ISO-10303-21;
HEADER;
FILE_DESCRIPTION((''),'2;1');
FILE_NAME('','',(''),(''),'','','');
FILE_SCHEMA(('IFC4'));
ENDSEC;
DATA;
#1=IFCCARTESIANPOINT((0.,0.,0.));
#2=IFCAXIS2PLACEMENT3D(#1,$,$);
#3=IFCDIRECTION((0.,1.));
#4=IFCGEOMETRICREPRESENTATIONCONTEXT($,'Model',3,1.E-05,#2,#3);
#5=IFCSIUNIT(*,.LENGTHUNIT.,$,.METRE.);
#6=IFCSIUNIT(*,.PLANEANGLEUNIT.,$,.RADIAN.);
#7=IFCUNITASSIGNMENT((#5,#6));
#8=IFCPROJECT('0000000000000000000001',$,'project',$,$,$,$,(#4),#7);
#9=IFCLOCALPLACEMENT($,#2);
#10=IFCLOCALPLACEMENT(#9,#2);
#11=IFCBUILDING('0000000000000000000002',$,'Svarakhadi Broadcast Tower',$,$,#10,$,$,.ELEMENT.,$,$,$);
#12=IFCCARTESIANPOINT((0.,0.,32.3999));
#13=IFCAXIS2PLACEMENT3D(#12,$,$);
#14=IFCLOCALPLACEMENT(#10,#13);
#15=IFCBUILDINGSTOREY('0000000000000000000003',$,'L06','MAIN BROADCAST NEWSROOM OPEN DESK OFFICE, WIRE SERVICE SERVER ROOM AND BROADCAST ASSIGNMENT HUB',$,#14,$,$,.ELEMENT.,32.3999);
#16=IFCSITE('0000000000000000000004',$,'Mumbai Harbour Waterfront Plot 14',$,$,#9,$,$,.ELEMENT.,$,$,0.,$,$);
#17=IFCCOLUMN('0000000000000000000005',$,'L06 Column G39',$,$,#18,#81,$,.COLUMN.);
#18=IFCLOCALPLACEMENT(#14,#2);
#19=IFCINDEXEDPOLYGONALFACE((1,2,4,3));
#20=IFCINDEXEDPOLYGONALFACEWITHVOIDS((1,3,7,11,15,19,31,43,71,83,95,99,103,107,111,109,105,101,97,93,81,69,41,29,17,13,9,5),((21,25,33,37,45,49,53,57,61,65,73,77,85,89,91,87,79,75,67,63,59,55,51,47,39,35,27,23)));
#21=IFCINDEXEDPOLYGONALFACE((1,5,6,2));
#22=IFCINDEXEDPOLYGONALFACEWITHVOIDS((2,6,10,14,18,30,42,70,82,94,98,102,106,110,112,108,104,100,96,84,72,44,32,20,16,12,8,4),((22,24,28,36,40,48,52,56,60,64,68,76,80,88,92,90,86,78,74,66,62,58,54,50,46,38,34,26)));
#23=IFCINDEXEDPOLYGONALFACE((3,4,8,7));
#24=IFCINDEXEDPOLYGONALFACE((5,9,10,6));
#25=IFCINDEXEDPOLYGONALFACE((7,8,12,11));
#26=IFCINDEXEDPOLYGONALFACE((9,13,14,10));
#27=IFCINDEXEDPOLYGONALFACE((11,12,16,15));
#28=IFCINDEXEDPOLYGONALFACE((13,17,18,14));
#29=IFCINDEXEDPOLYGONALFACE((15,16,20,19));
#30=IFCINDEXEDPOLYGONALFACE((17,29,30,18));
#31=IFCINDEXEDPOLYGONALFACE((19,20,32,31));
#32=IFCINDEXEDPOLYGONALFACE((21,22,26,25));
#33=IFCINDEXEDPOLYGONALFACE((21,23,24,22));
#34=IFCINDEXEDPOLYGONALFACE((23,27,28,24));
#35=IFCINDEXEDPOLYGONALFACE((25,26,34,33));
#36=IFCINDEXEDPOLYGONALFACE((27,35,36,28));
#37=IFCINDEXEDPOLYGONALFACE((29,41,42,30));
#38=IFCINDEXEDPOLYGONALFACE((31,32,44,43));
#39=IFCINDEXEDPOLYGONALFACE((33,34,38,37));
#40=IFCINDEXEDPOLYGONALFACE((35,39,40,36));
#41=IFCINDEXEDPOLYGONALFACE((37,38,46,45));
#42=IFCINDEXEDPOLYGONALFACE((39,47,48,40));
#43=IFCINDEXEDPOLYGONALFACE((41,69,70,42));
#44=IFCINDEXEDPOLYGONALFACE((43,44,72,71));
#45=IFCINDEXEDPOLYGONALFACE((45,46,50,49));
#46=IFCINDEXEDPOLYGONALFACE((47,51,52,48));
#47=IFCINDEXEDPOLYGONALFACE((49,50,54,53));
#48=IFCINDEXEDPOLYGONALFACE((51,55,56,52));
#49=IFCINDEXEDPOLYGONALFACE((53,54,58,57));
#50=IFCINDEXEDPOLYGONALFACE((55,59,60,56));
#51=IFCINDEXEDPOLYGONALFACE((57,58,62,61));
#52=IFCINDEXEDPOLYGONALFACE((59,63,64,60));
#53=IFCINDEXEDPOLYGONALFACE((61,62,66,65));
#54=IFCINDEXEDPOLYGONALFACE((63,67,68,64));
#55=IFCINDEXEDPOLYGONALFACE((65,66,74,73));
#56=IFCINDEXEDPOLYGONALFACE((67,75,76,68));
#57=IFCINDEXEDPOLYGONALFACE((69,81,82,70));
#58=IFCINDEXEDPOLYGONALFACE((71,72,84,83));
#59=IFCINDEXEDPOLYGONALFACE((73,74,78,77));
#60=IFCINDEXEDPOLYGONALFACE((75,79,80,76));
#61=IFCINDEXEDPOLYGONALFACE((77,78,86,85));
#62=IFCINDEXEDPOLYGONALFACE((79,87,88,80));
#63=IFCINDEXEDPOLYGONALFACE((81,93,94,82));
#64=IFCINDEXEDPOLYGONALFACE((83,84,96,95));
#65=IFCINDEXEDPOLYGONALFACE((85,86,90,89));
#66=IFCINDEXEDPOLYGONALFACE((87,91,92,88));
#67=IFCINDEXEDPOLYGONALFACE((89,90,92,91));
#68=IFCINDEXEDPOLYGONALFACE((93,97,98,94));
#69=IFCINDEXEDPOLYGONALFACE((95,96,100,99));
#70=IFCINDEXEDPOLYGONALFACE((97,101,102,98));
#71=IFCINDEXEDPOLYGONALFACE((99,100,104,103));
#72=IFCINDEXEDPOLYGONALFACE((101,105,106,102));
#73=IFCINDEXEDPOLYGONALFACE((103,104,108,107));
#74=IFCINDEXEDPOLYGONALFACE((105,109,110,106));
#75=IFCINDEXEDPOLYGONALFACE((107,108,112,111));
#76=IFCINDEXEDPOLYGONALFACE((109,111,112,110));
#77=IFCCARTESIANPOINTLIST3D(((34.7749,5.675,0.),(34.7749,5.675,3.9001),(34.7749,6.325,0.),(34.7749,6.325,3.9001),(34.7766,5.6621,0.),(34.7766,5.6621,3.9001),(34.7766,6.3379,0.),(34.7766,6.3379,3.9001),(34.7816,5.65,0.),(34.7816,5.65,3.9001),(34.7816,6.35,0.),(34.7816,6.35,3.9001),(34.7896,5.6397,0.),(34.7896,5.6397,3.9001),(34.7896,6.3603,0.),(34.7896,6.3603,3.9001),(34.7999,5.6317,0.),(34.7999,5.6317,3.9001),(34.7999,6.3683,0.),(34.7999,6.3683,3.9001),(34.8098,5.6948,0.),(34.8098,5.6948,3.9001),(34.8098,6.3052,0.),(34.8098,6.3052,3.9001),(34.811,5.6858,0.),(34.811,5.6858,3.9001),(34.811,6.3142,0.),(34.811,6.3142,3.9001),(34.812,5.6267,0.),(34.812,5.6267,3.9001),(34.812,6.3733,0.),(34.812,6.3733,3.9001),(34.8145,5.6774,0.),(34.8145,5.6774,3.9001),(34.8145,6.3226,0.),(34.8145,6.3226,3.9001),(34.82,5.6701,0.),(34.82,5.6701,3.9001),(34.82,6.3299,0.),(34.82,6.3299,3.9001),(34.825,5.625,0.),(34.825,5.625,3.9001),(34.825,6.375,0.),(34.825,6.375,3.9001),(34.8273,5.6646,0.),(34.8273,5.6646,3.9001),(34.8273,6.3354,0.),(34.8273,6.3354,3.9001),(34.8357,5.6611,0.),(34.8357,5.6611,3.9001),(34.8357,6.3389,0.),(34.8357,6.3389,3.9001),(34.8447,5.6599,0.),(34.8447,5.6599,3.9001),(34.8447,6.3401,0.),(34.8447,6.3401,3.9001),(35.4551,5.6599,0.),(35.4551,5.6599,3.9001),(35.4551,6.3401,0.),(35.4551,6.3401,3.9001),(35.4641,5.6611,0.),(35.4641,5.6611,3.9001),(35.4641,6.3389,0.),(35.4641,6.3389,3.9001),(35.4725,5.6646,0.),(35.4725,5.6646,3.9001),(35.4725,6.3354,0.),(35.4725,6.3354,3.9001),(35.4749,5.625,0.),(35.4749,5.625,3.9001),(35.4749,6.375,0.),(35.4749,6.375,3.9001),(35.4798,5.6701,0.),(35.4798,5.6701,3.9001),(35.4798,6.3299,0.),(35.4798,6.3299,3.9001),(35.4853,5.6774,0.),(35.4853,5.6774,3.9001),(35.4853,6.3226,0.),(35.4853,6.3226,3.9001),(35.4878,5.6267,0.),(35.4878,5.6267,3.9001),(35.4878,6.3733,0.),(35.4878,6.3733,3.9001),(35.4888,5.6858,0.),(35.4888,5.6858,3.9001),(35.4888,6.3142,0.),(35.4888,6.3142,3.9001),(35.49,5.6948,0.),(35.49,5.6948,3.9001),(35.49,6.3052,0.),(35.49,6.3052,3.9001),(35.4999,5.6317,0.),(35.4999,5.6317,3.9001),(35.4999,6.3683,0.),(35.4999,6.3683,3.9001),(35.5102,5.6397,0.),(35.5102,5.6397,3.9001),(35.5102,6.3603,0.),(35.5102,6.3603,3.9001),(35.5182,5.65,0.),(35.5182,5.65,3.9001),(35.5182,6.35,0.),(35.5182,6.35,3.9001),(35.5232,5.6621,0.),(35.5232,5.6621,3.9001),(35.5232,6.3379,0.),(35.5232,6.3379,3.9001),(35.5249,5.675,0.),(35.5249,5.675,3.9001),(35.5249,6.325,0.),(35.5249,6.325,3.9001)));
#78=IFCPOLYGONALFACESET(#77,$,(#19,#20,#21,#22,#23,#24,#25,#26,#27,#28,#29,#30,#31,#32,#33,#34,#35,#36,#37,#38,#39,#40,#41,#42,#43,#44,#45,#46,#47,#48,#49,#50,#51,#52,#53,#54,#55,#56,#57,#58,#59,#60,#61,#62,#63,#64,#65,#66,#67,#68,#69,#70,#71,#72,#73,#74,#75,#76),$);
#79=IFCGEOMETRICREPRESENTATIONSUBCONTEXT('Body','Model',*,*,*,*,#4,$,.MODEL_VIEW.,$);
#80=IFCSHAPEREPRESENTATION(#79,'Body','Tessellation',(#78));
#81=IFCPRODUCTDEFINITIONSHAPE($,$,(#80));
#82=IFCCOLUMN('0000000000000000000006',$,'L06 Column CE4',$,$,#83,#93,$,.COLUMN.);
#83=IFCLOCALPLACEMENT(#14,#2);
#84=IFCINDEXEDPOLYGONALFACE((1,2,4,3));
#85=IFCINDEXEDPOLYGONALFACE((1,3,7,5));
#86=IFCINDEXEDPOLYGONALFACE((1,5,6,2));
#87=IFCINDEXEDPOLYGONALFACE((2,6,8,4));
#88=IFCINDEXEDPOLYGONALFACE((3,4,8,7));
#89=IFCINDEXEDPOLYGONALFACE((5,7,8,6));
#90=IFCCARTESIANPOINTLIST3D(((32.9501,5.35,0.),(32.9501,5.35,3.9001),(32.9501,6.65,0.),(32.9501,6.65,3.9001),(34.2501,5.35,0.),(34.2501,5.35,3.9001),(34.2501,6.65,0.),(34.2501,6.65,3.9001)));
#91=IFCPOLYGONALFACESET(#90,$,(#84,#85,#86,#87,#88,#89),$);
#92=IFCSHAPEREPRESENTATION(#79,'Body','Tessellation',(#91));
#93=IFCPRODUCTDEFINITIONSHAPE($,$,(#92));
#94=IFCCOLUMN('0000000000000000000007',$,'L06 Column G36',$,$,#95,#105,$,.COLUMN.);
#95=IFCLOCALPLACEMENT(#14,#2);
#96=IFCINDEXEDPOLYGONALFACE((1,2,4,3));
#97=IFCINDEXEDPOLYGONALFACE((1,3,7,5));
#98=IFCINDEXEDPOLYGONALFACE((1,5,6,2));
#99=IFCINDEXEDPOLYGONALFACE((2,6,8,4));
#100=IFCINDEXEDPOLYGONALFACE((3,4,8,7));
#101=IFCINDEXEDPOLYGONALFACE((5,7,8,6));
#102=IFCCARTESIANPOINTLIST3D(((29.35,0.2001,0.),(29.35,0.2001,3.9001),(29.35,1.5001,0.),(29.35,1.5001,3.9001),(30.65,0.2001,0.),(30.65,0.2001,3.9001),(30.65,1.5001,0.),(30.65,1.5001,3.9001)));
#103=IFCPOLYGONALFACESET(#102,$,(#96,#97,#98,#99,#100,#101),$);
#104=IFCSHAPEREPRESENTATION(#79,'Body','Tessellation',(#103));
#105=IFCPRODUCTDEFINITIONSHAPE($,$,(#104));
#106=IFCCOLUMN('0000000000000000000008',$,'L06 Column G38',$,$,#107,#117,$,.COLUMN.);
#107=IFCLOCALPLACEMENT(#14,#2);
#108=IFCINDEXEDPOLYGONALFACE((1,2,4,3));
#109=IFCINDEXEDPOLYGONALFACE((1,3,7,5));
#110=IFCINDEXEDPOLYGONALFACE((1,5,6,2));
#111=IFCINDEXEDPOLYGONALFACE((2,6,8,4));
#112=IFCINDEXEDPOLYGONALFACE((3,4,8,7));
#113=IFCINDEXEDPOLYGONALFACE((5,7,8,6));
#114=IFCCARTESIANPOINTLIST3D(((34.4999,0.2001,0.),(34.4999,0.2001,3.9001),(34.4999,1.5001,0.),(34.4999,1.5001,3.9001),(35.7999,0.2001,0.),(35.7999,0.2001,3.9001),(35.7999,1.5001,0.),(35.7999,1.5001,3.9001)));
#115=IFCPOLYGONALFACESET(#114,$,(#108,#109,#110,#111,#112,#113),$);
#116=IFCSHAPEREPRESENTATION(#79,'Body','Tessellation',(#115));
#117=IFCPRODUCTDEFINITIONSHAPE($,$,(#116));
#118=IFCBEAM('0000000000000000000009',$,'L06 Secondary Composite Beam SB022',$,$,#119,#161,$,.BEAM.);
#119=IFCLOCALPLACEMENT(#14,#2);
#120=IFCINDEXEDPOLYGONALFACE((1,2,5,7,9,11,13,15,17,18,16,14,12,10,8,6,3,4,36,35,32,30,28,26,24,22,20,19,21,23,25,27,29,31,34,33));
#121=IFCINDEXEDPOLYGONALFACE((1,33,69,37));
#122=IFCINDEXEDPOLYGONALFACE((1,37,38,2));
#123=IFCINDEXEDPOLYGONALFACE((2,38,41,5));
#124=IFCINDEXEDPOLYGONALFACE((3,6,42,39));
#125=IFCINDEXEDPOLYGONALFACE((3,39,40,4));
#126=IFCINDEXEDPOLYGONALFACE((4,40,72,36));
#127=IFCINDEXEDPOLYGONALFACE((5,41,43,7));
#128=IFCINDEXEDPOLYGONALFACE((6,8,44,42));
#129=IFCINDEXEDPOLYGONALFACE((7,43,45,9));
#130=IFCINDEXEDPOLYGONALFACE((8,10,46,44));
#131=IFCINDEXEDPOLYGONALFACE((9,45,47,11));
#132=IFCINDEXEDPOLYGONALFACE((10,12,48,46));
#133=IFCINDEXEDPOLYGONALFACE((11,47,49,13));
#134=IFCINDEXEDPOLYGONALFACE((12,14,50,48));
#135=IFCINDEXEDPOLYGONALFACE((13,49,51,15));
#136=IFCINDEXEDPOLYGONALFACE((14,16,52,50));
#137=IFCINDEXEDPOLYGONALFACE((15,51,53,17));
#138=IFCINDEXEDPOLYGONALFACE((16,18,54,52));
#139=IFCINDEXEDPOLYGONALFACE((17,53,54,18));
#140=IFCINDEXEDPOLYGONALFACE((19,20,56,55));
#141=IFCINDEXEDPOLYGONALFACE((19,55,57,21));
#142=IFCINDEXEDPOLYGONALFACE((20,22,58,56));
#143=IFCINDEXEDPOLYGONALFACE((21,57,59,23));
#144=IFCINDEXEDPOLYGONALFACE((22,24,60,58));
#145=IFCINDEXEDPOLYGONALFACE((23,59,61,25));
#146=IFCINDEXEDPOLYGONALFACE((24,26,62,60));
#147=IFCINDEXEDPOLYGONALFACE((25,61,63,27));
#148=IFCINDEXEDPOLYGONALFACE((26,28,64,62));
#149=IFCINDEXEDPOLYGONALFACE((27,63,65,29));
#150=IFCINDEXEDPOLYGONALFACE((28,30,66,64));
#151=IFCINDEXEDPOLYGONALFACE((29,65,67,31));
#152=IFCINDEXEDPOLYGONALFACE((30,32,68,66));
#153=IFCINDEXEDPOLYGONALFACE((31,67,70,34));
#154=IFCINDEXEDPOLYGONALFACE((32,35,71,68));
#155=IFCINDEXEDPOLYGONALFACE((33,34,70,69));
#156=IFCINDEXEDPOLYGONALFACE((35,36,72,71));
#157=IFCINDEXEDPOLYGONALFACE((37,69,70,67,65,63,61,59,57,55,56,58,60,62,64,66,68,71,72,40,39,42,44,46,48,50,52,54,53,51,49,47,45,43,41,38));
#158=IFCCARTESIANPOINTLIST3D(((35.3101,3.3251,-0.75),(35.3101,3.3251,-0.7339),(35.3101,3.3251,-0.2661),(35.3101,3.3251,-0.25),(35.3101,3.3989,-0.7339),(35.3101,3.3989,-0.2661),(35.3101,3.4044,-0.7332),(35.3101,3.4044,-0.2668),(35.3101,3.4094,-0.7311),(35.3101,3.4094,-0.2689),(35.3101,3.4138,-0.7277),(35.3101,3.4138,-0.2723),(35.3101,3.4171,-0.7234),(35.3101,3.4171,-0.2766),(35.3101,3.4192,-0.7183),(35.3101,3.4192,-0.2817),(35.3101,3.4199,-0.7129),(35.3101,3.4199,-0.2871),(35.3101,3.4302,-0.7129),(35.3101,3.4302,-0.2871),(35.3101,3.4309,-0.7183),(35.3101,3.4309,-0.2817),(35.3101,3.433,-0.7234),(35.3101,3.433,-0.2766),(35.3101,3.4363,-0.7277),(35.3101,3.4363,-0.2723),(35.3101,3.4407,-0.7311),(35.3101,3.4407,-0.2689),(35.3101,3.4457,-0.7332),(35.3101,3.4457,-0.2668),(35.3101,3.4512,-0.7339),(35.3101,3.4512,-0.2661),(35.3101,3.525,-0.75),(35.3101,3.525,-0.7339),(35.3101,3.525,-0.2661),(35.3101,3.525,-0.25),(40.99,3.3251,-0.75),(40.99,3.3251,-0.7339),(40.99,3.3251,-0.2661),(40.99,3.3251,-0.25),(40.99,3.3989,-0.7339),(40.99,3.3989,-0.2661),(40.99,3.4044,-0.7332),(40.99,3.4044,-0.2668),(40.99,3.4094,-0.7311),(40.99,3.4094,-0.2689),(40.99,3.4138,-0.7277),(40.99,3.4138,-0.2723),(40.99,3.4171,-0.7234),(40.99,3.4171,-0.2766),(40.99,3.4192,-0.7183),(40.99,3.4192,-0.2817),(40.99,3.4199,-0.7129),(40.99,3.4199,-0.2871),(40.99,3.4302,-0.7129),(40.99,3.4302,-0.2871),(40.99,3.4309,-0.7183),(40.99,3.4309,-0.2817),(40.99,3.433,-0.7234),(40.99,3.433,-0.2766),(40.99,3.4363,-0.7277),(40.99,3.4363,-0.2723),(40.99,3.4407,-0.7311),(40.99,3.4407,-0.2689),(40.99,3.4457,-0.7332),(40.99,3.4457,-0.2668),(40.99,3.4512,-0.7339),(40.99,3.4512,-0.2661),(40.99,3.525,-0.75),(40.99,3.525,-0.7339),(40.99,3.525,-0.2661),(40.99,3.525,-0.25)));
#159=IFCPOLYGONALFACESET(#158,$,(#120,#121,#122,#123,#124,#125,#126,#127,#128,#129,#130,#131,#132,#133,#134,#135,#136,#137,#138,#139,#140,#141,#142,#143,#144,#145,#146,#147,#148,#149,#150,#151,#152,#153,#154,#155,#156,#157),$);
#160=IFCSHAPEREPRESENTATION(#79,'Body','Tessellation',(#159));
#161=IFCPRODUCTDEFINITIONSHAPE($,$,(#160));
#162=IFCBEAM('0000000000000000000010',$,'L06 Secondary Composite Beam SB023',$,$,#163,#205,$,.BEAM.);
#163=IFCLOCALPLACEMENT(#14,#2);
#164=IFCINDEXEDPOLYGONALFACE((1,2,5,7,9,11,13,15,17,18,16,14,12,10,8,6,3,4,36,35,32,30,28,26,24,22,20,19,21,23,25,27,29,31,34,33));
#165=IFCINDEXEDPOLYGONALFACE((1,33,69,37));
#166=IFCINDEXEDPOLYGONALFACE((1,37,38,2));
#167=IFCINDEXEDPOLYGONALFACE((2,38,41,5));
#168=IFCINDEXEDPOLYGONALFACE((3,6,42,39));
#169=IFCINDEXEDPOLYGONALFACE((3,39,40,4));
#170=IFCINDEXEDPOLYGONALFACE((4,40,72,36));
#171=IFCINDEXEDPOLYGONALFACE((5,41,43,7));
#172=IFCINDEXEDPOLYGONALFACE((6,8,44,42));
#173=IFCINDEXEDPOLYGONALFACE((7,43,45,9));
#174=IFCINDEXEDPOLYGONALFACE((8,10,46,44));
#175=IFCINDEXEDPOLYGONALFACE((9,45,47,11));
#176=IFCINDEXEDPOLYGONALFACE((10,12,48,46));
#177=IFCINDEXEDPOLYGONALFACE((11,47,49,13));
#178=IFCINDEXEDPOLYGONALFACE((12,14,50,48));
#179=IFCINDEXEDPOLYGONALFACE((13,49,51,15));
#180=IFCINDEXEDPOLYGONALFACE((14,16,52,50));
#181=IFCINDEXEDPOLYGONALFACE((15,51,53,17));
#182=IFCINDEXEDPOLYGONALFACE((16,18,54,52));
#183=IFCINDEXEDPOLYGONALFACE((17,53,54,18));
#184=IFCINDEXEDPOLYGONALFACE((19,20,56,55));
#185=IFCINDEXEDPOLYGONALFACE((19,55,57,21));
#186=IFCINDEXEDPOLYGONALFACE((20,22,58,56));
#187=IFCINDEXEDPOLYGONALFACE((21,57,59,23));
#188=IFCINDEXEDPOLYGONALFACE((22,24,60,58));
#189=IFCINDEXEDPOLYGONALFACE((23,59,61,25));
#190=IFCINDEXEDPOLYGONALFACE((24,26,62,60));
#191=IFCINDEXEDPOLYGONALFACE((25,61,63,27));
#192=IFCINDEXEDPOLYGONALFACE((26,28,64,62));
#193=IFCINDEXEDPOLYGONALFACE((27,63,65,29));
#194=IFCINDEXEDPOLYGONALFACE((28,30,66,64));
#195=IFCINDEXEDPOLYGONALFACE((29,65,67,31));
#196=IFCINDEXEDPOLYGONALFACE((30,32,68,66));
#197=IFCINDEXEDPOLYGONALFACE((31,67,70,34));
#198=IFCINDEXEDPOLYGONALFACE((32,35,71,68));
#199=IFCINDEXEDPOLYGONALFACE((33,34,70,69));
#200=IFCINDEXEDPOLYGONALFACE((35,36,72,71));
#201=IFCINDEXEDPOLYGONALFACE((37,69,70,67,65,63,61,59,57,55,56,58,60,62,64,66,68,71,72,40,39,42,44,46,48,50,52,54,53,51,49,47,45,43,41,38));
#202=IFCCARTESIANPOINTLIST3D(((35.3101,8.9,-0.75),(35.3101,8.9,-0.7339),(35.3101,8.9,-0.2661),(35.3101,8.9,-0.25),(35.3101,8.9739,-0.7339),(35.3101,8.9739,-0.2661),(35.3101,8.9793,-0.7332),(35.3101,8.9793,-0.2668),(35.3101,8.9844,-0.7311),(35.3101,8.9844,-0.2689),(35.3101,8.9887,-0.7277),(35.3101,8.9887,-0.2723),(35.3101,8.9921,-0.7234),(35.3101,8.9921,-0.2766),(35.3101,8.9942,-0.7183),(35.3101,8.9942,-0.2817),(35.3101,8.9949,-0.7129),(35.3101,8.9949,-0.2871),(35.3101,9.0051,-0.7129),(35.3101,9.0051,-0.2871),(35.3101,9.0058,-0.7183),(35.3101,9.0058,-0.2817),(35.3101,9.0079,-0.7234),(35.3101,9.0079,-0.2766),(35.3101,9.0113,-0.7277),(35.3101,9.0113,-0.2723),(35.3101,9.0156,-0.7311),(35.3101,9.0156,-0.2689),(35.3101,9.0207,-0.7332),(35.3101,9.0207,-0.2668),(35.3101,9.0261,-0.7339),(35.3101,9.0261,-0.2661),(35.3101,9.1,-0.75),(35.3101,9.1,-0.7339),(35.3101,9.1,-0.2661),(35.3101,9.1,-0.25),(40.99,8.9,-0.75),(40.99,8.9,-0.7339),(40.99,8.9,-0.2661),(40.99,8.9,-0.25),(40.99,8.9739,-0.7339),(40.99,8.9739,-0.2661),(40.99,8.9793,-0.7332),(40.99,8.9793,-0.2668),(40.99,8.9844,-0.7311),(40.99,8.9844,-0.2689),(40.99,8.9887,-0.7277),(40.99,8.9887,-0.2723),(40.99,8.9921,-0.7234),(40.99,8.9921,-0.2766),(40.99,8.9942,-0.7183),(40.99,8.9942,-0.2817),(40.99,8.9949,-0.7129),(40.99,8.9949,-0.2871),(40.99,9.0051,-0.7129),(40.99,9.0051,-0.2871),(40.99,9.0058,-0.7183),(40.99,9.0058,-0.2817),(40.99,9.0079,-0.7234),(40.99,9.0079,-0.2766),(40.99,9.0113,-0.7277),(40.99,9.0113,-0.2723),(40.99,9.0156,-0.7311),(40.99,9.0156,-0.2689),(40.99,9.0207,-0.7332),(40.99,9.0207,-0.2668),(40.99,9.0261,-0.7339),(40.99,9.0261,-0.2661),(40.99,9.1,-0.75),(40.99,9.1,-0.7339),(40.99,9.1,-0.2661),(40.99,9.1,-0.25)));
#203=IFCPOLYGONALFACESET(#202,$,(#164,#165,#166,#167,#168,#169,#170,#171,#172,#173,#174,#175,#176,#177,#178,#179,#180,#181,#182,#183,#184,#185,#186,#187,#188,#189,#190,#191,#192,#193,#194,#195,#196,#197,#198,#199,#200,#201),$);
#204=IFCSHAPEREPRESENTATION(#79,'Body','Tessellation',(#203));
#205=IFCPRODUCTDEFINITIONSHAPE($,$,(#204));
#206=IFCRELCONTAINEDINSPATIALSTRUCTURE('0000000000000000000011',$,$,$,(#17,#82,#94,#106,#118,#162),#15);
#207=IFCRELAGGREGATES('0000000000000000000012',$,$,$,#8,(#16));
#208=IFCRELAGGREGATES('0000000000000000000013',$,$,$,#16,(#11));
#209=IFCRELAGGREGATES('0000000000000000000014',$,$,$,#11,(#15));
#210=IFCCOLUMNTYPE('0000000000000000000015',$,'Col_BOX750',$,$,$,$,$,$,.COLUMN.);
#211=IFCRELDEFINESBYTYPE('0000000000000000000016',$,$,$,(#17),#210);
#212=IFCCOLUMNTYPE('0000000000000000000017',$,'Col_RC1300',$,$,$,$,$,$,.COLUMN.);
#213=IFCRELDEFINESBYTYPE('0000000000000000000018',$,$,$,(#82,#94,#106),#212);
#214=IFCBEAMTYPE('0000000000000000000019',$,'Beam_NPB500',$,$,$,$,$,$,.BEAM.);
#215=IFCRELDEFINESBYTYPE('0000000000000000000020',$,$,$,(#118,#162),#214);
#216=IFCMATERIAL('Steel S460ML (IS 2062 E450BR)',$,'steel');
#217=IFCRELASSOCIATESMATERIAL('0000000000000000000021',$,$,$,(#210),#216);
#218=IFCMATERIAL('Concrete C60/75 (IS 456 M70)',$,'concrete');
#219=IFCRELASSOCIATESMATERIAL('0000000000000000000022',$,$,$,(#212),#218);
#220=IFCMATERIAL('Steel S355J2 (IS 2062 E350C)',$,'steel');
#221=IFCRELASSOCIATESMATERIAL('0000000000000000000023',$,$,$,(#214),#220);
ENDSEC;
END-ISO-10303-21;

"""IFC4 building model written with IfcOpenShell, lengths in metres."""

from ifc_helpers import new_model, si_unit, direction, frame, origin, origin_2d, place, context, subcontext, project, spatial, rectangle, hollow_rectangle, i_section, extrude, material, material_profile, profile_set, type_object, element, save


model = new_model("IFC4")

# Units and contexts
model_context = context("Model", 3, precision=1e-05, world=origin(), true_north=direction((0.0, 1.0)))
body_context = subcontext(model_context, "Body", "Model", "MODEL_VIEW")
ifc_project = project(units=[si_unit("LENGTHUNIT", "METRE"), si_unit("PLANEANGLEUNIT", "RADIAN")], contexts=[model_context])

# Site, building, storey
site_placement = place(None, origin())
site = spatial("IfcSite", under=ifc_project, at=site_placement, Name="Mumbai Harbour Waterfront Plot 14", CompositionType="ELEMENT", RefElevation=0.0)
building_placement = place(site_placement, origin())
building = spatial("IfcBuilding", under=site, at=building_placement, Name="Svarakhadi Broadcast Tower", CompositionType="ELEMENT")
storey_placement = place(building_placement, frame((0.0, 0.0, 32.3999)))
storey = spatial("IfcBuildingStorey", under=building, at=storey_placement, Name="L06", Description="MAIN BROADCAST NEWSROOM OPEN DESK OFFICE, WIRE SERVICE SERVER ROOM AND BROADCAST ASSIGNMENT HUB", CompositionType="ELEMENT", Elevation=32.3999)

# Columns
ifc_material_1 = material(Name="Steel S460ML (IS 2062 E450BR)", Category="steel")
ifc_material_profile_1 = material_profile(ifc_material_1, hollow_rectangle(XDim=0.75, YDim=0.75, WallThickness=0.0349, InnerFilletRadius=0.0349, OuterFilletRadius=0.05, at=origin_2d()), Name="BOX 750x750x35")
ifc_profile_set_1 = profile_set([ifc_material_profile_1], Name="Steel S460ML (IS 2062 E450BR)")
column_type_1 = type_object("IfcColumnType", Name="Col_BOX750", PredefinedType="COLUMN", material=ifc_profile_set_1)
column_placement = place(storey_placement, frame((35.1499, 6.0, 0.0), z_axis=(0.0, 0.0, 1.0), x_axis=(1.0, 0.0, 0.0)))
element("IfcColumn", 1, at=column_placement, inside=storey, type_object=column_type_1, Name="L06 Column G39", PredefinedType="COLUMN", context=body_context, shape_type="SweptSolid", body=[
    extrude(hollow_rectangle(XDim=0.75, YDim=0.75, WallThickness=0.0349, InnerFilletRadius=0.0349, OuterFilletRadius=0.05, at=origin_2d()), origin(), (0.0, 0.0, 1.0), 3.9001),
])
ifc_material_2 = material(Name="Concrete C60/75 (IS 456 M70)", Category="concrete")
ifc_material_profile_2 = material_profile(ifc_material_2, rectangle(XDim=1.3, YDim=1.3, at=origin_2d()), Name="RC 1300x1300")
ifc_profile_set_2 = profile_set([ifc_material_profile_2], Name="Concrete C60/75 (IS 456 M70)")
column_type_2 = type_object("IfcColumnType", Name="Col_RC1300", PredefinedType="COLUMN", material=ifc_profile_set_2)
for number, where, z_axis, x_axis, name in (
    (2, (33.6001, 6.0, 0.0), (0.0, 0.0, 1.0), (1.0, 0.0, 0.0), "L06 Column CE4"),
    (3, (30.0, 0.8501, 0.0), (0.0, 0.0, 1.0), (1.0, 0.0, 0.0), "L06 Column G36"),
    (4, (35.1499, 0.8501, 0.0), (0.0, 0.0, 1.0), (1.0, 0.0, 0.0), "L06 Column G38"),
):
    element("IfcColumn", number, at=place(storey_placement, frame(where, z_axis=z_axis, x_axis=x_axis)), inside=storey, type_object=column_type_2, Name=name, PredefinedType="COLUMN", context=body_context, shape_type="SweptSolid", body=[
        extrude(rectangle(XDim=1.3, YDim=1.3, at=origin_2d()), origin(), (0.0, 0.0, 1.0), 3.9001),
    ])

# Beams
ifc_material_3 = material(Name="Steel S355J2 (IS 2062 E350C)", Category="steel")
ifc_material_profile_3 = material_profile(ifc_material_3, i_section(OverallWidth=0.2, OverallDepth=0.5, WebThickness=0.0103, FlangeThickness=0.0161, FilletRadius=0.021, at=origin_2d()), Name="NPB 500x200x91")
ifc_profile_set_3 = profile_set([ifc_material_profile_3], Name="Steel S355J2 (IS 2062 E350C)")
beam_type_1 = type_object("IfcBeamType", Name="Beam_NPB500", PredefinedType="BEAM", material=ifc_profile_set_3)
for number, where, z_axis, x_axis, name in (
    (5, (35.3101, 3.425, -0.5), (1.0, 0.0, 0.0), (0.0, 1.0, 0.0), "L06 Secondary Composite Beam SB022"),
    (6, (35.3101, 9.0, -0.5), (1.0, 0.0, 0.0), (0.0, 1.0, 0.0), "L06 Secondary Composite Beam SB023"),
):
    element("IfcBeam", number, at=place(storey_placement, frame(where, z_axis=z_axis, x_axis=x_axis)), inside=storey, type_object=beam_type_1, Name=name, PredefinedType="BEAM", context=body_context, shape_type="SweptSolid", body=[
        extrude(i_section(OverallWidth=0.2, OverallDepth=0.5, WebThickness=0.0103, FlangeThickness=0.0161, FilletRadius=0.021, at=origin_2d()), origin(), (0.0, 0.0, 1.0), 5.6799),
    ])

save(model, "model.ifc")
